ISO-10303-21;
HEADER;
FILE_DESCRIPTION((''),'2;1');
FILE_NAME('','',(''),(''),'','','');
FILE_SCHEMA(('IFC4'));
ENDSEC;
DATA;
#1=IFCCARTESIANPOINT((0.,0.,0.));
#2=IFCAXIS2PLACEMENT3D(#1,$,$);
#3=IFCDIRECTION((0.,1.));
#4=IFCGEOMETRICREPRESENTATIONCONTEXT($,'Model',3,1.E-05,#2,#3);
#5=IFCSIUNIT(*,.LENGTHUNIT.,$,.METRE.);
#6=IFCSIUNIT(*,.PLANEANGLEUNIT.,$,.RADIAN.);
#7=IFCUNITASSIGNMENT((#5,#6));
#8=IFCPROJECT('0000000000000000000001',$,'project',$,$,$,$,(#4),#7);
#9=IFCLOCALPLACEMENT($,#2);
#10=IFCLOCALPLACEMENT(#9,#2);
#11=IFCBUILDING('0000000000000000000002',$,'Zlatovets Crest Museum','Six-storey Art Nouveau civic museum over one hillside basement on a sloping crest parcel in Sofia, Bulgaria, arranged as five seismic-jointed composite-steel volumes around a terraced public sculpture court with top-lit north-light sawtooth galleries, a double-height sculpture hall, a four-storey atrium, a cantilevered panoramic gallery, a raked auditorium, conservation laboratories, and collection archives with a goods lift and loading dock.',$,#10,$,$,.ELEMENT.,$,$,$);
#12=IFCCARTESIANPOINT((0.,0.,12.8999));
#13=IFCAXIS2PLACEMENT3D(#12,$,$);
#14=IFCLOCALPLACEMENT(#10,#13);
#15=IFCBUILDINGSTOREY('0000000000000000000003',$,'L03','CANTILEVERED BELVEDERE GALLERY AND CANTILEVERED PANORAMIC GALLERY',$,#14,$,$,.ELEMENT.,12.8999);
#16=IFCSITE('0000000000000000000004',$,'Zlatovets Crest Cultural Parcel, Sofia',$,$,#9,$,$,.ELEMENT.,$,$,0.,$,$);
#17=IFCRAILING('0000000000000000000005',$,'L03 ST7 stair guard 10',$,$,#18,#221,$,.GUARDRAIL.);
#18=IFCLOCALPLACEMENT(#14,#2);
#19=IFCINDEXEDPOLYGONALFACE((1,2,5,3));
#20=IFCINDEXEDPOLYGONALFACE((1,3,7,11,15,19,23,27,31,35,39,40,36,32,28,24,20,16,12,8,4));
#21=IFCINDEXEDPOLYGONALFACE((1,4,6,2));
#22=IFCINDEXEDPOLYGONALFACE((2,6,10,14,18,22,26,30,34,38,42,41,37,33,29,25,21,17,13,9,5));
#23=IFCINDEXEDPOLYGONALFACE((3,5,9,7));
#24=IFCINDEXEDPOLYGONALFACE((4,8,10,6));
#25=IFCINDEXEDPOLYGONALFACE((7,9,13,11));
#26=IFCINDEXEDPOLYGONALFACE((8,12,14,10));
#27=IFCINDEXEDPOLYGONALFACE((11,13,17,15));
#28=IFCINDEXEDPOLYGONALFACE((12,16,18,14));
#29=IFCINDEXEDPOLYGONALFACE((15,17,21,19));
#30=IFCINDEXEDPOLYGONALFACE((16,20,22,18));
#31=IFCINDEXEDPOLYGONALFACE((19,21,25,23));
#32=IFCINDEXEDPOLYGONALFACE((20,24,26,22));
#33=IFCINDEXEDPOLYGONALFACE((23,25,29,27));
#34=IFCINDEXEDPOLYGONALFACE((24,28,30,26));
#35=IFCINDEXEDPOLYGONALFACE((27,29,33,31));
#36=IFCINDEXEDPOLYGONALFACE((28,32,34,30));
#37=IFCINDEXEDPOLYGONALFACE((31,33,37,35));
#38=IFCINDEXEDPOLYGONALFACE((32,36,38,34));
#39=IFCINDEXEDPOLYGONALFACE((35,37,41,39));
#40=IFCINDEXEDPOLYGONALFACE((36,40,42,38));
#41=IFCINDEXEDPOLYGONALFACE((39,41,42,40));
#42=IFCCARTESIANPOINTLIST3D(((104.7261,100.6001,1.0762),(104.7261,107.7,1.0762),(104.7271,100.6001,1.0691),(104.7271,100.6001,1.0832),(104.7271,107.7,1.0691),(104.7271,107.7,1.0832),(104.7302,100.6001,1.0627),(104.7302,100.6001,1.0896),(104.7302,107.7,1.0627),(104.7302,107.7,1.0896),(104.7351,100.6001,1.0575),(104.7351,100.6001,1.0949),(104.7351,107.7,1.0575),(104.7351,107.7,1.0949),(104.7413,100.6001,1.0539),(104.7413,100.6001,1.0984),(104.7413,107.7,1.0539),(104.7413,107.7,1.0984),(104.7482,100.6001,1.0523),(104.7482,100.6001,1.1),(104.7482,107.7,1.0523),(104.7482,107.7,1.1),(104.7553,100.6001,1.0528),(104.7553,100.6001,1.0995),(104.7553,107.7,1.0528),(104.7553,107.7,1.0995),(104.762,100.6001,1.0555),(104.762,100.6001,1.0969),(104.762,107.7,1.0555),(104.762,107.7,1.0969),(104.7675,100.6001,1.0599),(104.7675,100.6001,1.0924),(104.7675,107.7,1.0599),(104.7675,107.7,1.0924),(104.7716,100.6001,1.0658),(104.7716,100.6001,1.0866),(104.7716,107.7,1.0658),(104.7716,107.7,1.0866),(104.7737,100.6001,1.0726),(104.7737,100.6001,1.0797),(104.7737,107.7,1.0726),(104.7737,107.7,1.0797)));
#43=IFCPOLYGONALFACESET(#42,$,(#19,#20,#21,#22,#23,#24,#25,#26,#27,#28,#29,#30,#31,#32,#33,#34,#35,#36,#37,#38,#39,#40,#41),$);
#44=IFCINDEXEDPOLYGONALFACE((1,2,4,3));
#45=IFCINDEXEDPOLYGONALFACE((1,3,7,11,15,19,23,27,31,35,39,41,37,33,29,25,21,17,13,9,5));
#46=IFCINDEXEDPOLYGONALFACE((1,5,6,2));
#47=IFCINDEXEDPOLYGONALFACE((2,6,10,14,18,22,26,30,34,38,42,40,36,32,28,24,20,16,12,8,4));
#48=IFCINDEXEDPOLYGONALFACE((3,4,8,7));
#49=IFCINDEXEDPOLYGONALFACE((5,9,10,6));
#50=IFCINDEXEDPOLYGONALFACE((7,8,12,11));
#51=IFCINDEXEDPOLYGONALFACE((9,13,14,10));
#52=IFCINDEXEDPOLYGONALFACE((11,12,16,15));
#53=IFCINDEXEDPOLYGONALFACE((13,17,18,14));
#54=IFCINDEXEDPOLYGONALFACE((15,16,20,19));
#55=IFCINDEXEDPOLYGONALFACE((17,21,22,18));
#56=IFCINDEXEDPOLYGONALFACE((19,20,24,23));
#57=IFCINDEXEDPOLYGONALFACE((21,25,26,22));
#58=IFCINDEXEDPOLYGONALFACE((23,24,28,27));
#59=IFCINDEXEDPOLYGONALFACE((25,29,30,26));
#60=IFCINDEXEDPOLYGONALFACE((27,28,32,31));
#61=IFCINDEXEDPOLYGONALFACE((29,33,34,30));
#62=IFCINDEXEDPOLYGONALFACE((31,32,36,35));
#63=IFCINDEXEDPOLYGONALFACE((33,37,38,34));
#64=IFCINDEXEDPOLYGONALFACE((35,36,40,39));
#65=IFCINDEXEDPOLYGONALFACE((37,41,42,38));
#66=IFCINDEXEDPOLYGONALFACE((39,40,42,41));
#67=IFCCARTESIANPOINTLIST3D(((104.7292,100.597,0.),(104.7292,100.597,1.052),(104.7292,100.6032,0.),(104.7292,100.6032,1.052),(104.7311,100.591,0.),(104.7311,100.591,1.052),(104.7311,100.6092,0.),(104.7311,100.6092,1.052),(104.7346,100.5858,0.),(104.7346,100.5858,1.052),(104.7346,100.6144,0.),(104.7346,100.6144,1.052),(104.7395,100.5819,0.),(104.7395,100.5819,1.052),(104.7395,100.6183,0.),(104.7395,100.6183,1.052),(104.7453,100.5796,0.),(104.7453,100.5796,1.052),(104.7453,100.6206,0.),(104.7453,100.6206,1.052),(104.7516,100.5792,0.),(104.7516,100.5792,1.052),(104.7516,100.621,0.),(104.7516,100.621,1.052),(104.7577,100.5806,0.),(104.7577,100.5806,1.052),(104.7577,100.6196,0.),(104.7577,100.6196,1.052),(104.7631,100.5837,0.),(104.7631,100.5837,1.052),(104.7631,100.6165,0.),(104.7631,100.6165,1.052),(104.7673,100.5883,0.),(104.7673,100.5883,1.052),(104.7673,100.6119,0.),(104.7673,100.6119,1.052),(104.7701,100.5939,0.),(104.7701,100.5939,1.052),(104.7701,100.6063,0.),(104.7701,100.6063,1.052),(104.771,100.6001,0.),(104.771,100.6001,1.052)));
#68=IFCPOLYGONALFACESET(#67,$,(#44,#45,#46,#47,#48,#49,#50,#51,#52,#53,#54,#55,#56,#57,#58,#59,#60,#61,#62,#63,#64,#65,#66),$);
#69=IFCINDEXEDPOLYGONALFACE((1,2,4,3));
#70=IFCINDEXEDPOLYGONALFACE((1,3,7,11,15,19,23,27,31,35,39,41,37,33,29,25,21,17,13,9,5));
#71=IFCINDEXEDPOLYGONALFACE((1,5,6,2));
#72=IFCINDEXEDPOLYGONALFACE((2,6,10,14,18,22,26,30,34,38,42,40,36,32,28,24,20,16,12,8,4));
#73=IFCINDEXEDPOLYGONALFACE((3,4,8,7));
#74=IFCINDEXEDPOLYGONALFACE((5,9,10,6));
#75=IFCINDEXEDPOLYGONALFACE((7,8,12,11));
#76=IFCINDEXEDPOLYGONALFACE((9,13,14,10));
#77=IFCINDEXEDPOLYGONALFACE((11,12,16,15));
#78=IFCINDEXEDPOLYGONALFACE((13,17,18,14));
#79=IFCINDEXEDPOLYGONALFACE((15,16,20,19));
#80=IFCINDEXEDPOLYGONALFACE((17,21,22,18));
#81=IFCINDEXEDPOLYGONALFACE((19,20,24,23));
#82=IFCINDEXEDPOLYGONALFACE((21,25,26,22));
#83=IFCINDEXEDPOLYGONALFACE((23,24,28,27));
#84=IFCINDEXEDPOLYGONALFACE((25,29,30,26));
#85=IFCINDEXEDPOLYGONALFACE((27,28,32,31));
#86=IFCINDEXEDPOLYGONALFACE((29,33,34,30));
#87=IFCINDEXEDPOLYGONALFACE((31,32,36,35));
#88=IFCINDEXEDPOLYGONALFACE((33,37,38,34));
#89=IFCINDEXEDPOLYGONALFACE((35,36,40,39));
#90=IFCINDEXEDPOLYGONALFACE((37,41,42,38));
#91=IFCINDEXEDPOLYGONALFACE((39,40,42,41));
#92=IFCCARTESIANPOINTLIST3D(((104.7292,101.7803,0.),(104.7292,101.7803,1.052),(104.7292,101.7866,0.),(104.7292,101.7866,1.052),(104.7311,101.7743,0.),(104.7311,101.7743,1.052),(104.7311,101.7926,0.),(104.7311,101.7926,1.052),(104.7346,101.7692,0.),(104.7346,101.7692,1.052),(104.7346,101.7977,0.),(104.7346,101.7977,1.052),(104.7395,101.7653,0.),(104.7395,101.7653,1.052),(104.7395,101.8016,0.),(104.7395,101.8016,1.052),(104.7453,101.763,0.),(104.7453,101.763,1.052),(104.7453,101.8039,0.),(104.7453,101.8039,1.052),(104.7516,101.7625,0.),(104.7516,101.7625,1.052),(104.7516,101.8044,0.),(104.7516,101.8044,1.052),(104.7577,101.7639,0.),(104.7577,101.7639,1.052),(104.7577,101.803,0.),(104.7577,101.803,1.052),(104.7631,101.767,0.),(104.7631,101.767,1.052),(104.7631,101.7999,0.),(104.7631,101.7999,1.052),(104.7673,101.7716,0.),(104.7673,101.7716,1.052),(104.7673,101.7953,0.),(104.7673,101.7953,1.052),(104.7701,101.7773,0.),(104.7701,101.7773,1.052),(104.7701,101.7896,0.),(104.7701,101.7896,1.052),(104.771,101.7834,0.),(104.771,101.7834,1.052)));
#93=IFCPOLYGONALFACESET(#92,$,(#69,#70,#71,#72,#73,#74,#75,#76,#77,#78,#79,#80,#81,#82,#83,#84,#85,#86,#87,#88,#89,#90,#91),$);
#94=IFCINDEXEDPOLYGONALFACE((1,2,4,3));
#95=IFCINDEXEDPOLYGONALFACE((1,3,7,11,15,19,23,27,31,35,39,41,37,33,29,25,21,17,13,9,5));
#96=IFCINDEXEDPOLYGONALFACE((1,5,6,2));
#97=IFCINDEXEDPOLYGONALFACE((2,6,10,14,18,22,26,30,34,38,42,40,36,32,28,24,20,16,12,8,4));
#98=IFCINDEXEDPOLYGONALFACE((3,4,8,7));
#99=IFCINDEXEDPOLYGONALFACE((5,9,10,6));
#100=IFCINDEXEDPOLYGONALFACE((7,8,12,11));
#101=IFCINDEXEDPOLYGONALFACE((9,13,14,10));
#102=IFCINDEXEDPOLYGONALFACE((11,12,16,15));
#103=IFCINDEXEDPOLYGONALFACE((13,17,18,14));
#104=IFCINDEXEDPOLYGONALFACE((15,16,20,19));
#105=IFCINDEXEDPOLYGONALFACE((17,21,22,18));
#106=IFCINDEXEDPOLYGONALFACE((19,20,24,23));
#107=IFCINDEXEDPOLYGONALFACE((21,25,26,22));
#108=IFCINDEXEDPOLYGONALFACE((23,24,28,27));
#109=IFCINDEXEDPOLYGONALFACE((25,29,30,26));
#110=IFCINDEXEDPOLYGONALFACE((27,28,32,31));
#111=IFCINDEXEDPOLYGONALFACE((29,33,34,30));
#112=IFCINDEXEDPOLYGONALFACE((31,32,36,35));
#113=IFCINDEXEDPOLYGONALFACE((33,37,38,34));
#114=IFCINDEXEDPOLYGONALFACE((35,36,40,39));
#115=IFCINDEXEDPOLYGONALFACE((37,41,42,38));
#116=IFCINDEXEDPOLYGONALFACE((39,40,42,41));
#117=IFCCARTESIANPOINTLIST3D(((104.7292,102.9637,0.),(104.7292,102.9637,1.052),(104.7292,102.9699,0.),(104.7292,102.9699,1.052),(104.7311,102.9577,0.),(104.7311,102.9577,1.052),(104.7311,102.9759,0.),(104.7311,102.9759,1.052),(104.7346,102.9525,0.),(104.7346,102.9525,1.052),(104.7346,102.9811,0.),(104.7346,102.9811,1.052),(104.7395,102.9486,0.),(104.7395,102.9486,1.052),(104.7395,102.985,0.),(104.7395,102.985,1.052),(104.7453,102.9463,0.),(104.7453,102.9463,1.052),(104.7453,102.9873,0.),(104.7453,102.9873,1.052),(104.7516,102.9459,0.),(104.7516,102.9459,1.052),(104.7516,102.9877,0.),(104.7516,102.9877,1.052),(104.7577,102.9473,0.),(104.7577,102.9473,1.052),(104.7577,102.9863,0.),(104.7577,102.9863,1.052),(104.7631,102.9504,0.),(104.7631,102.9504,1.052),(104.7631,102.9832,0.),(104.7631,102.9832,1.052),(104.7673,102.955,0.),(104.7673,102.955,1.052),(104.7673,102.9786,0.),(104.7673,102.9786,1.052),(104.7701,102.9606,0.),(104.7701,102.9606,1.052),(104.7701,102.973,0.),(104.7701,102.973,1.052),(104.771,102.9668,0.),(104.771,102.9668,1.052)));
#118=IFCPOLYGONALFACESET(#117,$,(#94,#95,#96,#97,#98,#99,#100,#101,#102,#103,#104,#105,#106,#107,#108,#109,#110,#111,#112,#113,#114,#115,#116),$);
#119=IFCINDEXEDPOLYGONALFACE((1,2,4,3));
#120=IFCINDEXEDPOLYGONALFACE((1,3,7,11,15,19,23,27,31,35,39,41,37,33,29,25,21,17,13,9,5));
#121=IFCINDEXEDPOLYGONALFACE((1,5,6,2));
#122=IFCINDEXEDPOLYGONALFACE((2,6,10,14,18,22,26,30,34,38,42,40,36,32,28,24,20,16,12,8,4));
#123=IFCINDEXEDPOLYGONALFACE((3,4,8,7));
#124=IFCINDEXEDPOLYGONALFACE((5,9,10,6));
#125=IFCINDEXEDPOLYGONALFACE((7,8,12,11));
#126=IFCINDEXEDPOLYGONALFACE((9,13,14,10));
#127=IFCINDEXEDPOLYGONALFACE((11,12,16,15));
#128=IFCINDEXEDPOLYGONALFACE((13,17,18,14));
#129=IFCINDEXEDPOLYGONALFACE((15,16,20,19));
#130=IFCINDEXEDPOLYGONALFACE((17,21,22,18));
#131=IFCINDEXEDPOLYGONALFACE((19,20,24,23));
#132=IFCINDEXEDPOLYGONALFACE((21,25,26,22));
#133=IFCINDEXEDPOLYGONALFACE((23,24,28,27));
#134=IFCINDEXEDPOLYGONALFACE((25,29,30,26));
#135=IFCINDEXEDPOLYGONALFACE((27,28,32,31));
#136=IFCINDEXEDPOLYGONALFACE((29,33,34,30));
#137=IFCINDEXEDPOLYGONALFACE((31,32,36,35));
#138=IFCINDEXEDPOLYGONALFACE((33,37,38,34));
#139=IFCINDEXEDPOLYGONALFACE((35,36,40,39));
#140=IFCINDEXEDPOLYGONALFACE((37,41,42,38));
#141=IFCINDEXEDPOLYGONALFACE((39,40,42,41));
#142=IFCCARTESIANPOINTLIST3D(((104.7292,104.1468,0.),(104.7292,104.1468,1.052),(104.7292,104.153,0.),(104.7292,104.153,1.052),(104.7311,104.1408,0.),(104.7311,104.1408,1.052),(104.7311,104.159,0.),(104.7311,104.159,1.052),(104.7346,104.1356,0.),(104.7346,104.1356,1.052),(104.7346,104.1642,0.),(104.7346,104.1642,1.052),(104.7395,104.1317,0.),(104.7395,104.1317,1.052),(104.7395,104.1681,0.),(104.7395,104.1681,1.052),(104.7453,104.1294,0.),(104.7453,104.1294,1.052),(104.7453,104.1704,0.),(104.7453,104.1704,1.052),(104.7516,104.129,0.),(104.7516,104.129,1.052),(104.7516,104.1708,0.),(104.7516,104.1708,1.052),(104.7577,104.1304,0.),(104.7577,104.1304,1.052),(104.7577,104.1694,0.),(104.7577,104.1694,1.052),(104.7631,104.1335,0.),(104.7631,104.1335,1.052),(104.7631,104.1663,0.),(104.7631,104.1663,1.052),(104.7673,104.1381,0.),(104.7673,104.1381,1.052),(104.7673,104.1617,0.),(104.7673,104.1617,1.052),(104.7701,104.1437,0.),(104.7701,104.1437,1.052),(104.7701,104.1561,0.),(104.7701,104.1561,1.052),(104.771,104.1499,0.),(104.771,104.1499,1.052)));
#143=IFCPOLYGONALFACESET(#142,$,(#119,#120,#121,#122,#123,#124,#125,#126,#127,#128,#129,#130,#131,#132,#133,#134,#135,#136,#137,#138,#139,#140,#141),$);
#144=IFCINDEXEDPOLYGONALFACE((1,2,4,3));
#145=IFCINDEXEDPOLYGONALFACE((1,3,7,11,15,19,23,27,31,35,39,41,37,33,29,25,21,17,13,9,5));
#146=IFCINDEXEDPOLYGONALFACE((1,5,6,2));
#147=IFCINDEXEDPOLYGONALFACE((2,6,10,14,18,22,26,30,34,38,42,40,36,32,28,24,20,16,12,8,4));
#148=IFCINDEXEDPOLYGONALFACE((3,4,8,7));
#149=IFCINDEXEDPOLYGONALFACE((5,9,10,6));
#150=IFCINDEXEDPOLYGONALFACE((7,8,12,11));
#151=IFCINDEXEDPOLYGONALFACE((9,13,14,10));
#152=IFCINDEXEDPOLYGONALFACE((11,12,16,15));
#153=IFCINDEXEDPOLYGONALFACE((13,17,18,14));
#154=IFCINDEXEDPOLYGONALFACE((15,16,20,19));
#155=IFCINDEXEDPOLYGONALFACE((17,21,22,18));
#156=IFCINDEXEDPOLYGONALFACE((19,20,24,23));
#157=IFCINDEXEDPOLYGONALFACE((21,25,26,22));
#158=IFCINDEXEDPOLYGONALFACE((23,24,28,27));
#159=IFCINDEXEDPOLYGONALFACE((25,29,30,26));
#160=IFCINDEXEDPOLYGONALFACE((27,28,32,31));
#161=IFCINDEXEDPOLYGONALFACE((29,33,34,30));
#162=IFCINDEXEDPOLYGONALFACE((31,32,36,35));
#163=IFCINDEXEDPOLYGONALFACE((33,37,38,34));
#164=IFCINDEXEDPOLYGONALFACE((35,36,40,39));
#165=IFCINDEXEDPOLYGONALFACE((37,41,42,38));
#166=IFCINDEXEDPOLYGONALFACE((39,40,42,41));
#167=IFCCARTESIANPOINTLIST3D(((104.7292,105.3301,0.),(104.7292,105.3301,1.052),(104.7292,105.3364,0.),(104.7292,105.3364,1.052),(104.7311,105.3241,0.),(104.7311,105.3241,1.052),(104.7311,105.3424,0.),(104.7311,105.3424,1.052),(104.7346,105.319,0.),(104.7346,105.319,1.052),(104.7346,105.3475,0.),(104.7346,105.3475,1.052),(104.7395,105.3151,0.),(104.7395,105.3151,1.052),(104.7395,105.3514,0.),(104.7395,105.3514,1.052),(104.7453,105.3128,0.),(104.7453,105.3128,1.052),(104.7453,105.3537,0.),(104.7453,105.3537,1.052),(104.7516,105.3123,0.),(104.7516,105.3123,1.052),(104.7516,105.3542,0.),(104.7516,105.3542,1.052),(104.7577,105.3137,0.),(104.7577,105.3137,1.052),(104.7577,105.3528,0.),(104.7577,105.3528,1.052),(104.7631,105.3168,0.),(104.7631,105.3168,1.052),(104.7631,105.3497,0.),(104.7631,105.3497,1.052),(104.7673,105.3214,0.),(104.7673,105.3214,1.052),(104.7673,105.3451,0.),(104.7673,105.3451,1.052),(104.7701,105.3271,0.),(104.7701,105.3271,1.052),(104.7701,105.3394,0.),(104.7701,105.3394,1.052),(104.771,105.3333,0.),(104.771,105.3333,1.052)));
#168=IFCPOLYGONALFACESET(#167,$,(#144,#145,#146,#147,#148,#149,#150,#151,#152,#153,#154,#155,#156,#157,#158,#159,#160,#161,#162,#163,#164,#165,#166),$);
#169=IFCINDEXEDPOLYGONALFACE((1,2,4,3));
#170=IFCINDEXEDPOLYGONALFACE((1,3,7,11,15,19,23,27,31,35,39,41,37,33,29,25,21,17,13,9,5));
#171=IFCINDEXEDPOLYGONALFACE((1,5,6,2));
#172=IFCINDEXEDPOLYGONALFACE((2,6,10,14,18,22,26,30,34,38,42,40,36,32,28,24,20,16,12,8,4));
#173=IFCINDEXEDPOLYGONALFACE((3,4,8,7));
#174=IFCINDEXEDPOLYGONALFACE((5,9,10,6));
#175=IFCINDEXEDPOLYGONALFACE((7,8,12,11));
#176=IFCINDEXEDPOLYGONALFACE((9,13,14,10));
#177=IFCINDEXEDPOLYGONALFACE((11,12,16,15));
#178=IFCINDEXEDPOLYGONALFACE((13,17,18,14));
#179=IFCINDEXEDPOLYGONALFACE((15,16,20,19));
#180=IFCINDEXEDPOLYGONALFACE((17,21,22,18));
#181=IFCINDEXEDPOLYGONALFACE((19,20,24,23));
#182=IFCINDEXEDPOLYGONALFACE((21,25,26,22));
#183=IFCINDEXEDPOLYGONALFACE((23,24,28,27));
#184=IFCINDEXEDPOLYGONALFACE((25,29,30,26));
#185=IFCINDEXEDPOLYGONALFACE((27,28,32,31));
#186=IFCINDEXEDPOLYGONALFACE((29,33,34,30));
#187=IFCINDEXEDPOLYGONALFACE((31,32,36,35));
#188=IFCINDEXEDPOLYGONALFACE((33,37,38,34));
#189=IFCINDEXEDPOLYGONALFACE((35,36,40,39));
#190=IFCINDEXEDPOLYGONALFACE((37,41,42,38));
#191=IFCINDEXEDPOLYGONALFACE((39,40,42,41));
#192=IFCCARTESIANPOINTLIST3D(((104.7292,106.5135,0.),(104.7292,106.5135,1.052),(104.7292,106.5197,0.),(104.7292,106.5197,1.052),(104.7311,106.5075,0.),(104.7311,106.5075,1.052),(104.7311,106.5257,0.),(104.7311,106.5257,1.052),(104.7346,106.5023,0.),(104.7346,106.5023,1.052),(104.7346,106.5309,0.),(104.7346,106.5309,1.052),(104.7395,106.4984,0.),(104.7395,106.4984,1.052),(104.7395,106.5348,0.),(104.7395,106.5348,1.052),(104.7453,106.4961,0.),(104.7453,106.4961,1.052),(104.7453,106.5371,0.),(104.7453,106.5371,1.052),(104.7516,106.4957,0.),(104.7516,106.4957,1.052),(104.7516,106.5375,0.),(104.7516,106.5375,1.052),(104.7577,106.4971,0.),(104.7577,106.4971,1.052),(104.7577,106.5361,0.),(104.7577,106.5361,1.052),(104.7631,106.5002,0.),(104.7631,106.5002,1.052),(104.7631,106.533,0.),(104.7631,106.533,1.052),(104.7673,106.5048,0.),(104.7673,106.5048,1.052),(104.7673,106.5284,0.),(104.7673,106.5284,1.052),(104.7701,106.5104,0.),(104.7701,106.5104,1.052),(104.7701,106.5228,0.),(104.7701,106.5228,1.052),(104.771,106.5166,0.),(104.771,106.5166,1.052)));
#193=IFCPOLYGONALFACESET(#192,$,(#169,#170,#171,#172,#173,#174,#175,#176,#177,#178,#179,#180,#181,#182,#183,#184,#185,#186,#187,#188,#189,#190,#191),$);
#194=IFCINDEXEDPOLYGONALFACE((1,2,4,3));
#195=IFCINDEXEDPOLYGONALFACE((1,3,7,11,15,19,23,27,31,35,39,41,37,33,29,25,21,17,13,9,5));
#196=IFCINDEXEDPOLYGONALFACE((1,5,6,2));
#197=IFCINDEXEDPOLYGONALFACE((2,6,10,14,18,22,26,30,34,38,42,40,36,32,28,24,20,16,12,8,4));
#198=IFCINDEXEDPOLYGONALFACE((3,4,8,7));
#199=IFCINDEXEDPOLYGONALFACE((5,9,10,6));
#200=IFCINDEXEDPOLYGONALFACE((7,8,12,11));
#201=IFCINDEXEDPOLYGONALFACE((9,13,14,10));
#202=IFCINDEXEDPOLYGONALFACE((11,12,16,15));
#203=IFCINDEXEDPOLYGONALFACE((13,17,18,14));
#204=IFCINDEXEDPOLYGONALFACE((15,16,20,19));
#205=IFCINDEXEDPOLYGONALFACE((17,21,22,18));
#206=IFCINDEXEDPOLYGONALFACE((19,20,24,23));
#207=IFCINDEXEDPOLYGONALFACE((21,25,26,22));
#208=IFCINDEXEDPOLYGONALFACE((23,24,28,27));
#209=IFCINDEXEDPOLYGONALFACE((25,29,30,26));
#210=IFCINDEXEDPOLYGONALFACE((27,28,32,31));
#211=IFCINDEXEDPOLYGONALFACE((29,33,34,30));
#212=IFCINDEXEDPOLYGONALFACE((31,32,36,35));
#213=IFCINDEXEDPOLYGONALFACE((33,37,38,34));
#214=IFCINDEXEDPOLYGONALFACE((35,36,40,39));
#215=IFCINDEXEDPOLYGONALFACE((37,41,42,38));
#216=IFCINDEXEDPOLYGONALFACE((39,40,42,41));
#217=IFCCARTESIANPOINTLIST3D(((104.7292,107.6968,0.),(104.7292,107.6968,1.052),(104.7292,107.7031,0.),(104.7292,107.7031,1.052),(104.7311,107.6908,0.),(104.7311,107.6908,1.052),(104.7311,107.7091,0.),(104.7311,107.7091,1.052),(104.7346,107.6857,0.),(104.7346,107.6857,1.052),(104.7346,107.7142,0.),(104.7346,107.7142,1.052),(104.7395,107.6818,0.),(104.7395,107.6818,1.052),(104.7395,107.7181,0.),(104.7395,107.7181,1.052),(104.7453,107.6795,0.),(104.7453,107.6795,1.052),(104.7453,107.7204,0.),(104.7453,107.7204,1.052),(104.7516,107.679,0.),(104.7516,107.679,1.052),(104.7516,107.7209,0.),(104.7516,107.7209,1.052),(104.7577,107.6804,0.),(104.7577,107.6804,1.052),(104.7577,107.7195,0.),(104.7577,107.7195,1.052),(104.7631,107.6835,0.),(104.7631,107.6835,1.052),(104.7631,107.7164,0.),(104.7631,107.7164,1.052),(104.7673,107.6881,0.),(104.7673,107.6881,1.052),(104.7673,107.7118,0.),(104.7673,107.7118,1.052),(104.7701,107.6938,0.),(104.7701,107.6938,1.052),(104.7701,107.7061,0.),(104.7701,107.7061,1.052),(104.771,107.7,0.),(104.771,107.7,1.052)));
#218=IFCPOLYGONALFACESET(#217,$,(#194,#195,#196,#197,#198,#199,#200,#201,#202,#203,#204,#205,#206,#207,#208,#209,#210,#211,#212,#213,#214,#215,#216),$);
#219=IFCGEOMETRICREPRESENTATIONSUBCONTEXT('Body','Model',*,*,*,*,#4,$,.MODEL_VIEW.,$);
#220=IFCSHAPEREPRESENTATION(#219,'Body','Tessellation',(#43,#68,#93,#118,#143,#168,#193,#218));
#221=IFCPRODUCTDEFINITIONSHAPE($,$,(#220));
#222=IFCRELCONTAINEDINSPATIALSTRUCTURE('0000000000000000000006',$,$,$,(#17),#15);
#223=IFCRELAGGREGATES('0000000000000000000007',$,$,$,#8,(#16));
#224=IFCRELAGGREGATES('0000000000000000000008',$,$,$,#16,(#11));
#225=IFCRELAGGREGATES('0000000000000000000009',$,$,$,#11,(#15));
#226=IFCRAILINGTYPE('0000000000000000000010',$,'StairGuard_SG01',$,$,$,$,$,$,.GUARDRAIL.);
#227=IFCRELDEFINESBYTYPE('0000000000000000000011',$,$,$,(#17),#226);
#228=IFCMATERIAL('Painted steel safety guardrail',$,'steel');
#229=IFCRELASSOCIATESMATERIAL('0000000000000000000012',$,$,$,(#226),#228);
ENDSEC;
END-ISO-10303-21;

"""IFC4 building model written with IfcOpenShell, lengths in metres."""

from ifc_helpers import new_model, si_unit, direction, frame, origin, origin_2d, place, context, subcontext, project, spatial, circle, extrude, material, type_object, element, save


model = new_model("IFC4")

# Units and contexts
model_context = context("Model", 3, precision=1e-05, world=origin(), true_north=direction((0.0, 1.0)))
body_context = subcontext(model_context, "Body", "Model", "MODEL_VIEW")
ifc_project = project(units=[si_unit("LENGTHUNIT", "METRE"), si_unit("PLANEANGLEUNIT", "RADIAN")], contexts=[model_context])

# Site, building, storey
site_placement = place(None, origin())
site = spatial("IfcSite", under=ifc_project, at=site_placement, Name="Zlatovets Crest Cultural Parcel, Sofia", CompositionType="ELEMENT", RefElevation=0.0)
building_placement = place(site_placement, origin())
building = spatial("IfcBuilding", under=site, at=building_placement, Name="Zlatovets Crest Museum", Description="Six-storey Art Nouveau civic museum over one hillside basement on a sloping crest parcel in Sofia, Bulgaria, arranged as five seismic-jointed composite-steel volumes around a terraced public sculpture court with top-lit north-light sawtooth galleries, a double-height sculpture hall, a four-storey atrium, a cantilevered panoramic gallery, a raked auditorium, conservation laboratories, and collection archives with a goods lift and loading dock.", CompositionType="ELEMENT")
storey_placement = place(building_placement, frame((0.0, 0.0, 12.8999)))
storey = spatial("IfcBuildingStorey", under=building, at=storey_placement, Name="L03", Description="CANTILEVERED BELVEDERE GALLERY AND CANTILEVERED PANORAMIC GALLERY", CompositionType="ELEMENT", Elevation=12.8999)

# Railing
ifc_material_1 = material(Name="Painted steel safety guardrail", Category="steel")
railing_type = type_object("IfcRailingType", Name="StairGuard_SG01", PredefinedType="GUARDRAIL", material=ifc_material_1)
railing_1_placement = place(storey_placement, frame((104.75, 100.6001, 0.0)))
element("IfcRailing", 1, at=railing_1_placement, inside=storey, type_object=railing_type, Name="L03 ST7 stair guard 10", PredefinedType="GUARDRAIL", context=body_context, shape_type="SweptSolid", body=[
    extrude(circle(Radius=0.0239, at=origin_2d()), frame((0.0, 0.0, 1.0762), z_axis=(0.0, 1.0, 0.0), x_axis=(-1.0, 0.0, 0.0)), (0.0, 0.0, 1.0), 7.0999),
    extrude(circle(Radius=0.021, at=origin_2d()), origin(), (0.0, 0.0, 1.0), 1.052),
    extrude(circle(Radius=0.021, at=origin_2d()), frame((0.0, 1.1833, 0.0)), (0.0, 0.0, 1.0), 1.052),
    extrude(circle(Radius=0.021, at=origin_2d()), frame((0.0, 2.3667, 0.0)), (0.0, 0.0, 1.0), 1.052),
    extrude(circle(Radius=0.021, at=origin_2d()), frame((0.0, 3.5498, 0.0)), (0.0, 0.0, 1.0), 1.052),
    extrude(circle(Radius=0.021, at=origin_2d()), frame((0.0, 4.7332, 0.0)), (0.0, 0.0, 1.0), 1.052),
    extrude(circle(Radius=0.021, at=origin_2d()), frame((0.0, 5.9165, 0.0)), (0.0, 0.0, 1.0), 1.052),
    extrude(circle(Radius=0.021, at=origin_2d()), frame((0.0, 7.0999, 0.0)), (0.0, 0.0, 1.0), 1.052),
])

save(model, "model.ifc")
